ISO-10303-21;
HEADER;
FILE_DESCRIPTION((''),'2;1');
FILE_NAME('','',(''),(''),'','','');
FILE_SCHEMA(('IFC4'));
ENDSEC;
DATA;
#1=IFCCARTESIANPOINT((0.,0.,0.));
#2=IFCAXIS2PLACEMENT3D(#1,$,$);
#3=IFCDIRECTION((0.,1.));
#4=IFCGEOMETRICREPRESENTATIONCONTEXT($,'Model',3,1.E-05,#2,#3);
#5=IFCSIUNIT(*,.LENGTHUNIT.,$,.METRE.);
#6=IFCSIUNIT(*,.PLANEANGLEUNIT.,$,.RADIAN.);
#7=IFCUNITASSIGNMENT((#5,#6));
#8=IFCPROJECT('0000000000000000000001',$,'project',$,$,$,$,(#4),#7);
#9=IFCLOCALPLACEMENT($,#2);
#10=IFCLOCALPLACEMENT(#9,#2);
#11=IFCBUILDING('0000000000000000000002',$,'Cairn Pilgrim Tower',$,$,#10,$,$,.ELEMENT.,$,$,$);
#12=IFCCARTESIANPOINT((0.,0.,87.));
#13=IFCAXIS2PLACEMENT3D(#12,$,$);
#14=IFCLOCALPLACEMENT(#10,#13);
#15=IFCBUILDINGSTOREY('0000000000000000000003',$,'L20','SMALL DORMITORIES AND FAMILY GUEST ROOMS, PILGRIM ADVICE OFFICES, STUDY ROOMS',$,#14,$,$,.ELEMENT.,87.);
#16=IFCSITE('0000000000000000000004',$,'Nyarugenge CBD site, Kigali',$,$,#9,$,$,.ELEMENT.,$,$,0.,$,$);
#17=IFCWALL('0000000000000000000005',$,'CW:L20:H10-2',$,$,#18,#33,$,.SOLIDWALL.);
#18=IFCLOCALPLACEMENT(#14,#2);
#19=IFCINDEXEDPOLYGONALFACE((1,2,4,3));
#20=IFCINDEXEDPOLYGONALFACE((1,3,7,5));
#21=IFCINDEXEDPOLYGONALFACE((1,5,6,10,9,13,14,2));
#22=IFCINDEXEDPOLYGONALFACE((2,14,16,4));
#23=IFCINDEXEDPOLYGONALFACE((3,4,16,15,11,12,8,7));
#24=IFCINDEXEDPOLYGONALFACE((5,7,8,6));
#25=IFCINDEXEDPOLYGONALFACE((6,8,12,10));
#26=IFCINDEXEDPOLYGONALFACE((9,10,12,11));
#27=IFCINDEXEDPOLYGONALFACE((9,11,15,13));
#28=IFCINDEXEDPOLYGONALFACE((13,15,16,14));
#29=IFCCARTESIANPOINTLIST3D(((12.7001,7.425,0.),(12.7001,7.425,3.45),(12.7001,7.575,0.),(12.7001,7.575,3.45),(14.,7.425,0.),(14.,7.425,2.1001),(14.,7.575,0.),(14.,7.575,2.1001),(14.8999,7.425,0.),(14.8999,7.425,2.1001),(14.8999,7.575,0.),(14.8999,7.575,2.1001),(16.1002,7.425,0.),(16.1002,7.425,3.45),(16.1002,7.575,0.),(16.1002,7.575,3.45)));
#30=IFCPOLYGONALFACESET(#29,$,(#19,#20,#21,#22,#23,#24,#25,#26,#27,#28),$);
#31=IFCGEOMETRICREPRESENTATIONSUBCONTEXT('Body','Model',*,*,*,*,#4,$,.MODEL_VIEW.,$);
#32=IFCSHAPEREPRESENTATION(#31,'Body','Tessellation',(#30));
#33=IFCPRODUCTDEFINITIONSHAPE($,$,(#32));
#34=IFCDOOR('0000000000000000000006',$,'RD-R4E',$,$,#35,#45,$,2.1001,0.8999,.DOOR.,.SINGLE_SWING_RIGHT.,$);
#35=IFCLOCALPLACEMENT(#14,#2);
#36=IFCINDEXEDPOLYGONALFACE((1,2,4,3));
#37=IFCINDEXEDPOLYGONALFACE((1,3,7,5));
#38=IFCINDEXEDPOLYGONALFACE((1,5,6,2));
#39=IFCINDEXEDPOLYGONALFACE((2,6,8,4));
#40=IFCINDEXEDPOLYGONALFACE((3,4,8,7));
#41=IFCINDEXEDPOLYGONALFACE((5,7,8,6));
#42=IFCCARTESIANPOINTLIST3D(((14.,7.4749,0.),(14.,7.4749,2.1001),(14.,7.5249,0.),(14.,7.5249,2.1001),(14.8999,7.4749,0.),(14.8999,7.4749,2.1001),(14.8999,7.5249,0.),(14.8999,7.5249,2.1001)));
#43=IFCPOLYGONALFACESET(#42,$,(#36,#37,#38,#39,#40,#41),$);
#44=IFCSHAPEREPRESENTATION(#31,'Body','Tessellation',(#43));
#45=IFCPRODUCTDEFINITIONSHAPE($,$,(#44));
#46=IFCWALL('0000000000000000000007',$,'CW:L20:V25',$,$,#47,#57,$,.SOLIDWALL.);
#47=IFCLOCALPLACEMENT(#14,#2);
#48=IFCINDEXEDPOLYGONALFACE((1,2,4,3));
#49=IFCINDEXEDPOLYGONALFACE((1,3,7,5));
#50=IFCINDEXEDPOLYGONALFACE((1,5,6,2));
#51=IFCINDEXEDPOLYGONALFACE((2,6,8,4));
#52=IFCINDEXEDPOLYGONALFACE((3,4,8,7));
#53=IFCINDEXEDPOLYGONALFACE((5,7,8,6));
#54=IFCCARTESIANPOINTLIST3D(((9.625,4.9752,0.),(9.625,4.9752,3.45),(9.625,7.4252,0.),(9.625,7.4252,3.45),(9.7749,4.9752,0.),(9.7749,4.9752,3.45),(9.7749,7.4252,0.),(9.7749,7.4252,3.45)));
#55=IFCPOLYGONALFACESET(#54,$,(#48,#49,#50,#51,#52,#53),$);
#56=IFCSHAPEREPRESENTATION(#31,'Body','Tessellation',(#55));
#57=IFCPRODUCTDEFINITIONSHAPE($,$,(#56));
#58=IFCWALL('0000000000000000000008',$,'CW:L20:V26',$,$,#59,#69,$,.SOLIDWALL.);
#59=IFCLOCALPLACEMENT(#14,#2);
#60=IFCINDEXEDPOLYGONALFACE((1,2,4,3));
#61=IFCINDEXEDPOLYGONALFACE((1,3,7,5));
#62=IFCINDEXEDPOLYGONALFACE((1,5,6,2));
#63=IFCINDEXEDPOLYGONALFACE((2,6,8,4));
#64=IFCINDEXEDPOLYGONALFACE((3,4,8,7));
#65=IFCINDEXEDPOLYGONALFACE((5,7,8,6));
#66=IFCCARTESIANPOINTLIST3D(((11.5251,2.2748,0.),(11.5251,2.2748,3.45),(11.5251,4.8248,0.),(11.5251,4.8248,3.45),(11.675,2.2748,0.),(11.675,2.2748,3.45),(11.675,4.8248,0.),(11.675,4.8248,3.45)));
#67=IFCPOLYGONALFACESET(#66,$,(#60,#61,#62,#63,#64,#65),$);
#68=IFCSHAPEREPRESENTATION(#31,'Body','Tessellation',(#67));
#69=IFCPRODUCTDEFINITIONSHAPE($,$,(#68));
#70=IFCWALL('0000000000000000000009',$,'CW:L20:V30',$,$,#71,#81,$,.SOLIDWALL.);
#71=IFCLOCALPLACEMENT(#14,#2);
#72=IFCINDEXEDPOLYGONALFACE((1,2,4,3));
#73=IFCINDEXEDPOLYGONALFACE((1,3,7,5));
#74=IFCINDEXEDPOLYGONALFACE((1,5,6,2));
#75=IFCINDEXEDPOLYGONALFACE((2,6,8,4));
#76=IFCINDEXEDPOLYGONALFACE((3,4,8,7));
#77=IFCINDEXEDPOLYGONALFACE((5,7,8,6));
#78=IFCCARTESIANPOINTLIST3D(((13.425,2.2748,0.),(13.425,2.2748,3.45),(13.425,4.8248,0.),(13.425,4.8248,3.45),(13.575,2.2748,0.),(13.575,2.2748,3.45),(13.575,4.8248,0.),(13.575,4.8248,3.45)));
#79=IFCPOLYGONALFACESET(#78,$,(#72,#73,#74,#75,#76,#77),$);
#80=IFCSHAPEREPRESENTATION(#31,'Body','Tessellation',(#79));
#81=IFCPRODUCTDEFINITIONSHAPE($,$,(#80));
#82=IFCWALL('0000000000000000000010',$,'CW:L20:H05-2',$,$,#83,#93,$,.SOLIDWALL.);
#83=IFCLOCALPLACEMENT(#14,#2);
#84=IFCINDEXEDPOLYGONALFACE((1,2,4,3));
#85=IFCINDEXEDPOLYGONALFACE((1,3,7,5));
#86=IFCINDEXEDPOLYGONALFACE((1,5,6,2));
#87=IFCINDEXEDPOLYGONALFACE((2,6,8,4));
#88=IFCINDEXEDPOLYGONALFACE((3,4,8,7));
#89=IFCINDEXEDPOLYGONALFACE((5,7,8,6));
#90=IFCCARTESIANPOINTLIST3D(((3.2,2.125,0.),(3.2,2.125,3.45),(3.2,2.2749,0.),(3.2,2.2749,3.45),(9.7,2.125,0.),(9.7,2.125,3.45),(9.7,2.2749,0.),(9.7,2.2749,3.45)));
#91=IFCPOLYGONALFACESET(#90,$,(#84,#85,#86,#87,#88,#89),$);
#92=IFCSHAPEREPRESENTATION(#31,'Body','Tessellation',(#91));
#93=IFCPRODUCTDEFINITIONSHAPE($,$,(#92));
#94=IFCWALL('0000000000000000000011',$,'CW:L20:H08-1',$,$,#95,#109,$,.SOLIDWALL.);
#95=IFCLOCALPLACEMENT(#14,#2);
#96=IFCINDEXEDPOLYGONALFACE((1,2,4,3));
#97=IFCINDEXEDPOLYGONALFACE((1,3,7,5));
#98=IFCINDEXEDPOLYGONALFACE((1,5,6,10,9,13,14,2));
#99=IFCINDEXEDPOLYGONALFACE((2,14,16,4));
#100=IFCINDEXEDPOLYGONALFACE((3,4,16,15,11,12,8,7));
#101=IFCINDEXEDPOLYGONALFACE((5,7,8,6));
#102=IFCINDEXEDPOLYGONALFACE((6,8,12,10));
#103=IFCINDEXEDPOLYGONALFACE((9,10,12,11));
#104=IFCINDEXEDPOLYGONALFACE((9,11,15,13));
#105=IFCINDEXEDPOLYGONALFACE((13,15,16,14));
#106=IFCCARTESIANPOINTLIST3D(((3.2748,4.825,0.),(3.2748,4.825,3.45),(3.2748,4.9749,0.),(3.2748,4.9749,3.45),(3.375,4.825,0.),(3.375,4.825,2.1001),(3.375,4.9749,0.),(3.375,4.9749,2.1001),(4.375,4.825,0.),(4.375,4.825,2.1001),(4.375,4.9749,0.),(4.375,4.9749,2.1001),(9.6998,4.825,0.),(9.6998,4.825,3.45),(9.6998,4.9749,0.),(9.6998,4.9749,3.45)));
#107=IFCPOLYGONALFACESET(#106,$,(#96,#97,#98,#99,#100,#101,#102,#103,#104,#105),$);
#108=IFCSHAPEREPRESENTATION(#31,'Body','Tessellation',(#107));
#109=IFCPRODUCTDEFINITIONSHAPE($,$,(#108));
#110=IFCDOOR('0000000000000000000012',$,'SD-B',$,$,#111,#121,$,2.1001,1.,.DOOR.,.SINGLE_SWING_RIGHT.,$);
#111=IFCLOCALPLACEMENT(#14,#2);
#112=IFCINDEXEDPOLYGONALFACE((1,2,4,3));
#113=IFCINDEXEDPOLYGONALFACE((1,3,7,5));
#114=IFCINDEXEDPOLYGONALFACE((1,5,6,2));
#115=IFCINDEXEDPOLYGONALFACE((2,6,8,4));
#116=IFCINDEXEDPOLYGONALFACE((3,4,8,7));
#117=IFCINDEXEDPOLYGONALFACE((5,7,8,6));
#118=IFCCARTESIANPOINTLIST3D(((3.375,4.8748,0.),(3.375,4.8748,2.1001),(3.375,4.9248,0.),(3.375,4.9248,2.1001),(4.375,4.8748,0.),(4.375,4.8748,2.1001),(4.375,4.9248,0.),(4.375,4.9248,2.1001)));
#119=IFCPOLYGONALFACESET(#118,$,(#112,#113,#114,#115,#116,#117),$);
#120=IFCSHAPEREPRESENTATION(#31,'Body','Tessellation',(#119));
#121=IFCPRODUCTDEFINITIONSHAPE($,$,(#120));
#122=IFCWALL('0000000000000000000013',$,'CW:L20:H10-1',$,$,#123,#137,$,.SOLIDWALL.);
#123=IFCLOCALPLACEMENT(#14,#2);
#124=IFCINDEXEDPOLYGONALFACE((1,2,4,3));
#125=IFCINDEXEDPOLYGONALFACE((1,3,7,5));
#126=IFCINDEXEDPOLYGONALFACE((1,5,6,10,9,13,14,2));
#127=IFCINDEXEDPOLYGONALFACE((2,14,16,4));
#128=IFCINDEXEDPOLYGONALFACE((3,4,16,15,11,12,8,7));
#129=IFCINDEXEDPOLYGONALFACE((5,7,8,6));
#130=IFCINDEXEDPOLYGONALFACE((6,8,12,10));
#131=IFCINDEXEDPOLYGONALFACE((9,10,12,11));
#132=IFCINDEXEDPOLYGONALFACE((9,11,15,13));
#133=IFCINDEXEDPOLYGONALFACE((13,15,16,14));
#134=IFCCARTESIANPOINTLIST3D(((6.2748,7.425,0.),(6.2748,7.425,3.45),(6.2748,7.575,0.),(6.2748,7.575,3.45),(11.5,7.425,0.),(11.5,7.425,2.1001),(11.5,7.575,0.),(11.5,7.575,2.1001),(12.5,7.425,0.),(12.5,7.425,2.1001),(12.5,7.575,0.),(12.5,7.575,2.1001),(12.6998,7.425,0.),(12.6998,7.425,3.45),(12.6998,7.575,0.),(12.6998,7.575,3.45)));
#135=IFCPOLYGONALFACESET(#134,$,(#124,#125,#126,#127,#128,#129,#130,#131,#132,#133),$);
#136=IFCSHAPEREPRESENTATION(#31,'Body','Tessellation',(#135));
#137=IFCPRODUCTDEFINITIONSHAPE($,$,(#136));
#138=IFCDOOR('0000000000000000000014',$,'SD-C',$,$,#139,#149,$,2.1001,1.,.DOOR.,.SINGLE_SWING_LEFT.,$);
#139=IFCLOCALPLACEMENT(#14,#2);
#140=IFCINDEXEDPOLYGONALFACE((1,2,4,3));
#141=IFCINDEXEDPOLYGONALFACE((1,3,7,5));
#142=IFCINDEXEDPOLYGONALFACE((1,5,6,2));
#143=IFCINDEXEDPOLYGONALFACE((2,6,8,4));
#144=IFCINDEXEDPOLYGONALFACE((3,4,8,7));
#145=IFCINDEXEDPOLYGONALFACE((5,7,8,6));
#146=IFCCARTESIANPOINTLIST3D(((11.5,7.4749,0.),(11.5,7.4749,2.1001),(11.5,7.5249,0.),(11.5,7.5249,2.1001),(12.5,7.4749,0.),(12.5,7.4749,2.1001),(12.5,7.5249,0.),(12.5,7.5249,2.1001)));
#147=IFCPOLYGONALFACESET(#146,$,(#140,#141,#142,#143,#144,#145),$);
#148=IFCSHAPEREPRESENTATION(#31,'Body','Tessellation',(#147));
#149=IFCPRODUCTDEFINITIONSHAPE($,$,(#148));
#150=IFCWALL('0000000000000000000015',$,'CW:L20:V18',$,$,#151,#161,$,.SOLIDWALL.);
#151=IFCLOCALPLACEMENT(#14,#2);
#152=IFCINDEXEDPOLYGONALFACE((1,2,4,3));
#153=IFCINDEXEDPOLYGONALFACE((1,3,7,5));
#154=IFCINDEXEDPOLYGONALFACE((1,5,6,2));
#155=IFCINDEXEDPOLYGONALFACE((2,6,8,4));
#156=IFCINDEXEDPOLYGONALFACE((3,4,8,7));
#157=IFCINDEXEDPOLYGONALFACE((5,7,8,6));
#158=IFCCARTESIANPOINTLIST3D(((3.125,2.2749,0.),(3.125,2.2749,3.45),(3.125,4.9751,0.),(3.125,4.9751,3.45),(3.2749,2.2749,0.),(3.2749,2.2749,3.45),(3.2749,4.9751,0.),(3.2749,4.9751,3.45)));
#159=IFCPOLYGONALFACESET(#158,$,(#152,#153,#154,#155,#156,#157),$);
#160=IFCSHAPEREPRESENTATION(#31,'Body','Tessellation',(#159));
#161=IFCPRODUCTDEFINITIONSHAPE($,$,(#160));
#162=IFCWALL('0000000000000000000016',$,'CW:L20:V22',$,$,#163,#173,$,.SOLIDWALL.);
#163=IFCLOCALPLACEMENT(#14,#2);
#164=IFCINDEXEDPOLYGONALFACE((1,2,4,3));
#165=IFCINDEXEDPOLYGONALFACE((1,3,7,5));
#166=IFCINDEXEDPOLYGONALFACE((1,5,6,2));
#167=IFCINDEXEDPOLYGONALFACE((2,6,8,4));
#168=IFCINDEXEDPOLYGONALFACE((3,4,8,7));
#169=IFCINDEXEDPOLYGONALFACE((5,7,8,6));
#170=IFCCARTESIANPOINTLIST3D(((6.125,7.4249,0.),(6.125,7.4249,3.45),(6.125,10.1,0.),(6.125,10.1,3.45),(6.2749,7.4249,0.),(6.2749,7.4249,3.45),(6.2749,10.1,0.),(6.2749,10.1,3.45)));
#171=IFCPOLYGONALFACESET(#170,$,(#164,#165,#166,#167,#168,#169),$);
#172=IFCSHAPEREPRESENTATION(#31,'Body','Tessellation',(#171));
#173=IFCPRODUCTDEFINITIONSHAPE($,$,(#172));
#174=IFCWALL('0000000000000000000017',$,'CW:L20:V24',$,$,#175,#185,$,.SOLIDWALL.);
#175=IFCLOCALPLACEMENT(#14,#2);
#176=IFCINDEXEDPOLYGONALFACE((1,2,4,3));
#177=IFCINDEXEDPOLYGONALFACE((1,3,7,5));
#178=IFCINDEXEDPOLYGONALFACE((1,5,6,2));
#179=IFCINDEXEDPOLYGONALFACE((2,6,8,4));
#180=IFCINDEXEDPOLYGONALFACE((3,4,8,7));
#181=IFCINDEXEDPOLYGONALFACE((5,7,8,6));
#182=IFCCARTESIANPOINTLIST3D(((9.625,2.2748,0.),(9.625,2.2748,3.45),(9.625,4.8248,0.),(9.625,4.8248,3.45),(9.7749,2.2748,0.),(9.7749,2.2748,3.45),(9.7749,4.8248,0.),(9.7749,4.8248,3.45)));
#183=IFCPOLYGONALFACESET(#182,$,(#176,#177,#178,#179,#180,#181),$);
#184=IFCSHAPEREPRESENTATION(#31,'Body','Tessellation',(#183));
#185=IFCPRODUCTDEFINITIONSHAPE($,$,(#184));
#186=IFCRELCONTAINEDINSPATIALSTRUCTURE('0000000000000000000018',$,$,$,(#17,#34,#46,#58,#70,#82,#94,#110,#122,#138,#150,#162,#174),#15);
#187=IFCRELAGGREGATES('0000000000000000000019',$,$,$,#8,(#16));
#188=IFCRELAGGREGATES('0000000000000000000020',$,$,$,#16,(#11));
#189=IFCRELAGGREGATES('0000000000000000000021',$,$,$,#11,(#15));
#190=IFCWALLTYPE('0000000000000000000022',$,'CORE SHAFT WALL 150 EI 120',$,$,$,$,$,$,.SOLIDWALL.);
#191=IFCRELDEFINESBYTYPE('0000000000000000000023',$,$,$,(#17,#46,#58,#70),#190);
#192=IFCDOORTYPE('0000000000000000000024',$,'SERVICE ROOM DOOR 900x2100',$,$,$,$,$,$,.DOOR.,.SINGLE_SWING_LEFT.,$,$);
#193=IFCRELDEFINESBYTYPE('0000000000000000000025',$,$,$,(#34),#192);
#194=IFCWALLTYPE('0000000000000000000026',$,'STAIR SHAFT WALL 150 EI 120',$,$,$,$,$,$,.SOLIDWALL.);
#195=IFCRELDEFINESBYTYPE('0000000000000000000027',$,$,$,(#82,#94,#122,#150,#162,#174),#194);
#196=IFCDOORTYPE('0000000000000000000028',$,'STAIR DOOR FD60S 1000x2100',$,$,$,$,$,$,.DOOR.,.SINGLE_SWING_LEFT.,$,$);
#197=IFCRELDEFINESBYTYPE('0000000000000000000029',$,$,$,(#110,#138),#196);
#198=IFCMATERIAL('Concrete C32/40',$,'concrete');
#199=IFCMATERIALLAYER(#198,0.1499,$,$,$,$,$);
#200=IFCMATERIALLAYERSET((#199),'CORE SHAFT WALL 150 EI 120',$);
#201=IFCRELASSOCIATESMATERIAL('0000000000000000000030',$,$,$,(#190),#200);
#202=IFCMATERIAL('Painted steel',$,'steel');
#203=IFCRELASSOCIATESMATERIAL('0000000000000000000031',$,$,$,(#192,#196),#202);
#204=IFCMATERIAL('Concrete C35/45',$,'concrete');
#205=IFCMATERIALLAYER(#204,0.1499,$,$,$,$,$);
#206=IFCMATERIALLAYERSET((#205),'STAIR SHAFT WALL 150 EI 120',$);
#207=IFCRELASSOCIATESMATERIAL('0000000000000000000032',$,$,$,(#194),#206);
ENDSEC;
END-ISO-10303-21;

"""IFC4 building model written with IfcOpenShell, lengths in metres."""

from ifc_helpers import new_model, si_unit, direction, frame, frame_2d, origin, place, context, subcontext, project, spatial, rectangle, extrude, material, layer, layer_set, type_object, element, fill, save


model = new_model("IFC4")

# Units and contexts
model_context = context("Model", 3, precision=1e-05, world=origin(), true_north=direction((0.0, 1.0)))
body_context = subcontext(model_context, "Body", "Model", "MODEL_VIEW")
ifc_project = project(units=[si_unit("LENGTHUNIT", "METRE"), si_unit("PLANEANGLEUNIT", "RADIAN")], contexts=[model_context])

# Site, building, storey
site_placement = place(None, origin())
site = spatial("IfcSite", under=ifc_project, at=site_placement, Name="Nyarugenge CBD site, Kigali", CompositionType="ELEMENT", RefElevation=0.0)
building_placement = place(site_placement, origin())
building = spatial("IfcBuilding", under=site, at=building_placement, Name="Cairn Pilgrim Tower", CompositionType="ELEMENT")
storey_placement = place(building_placement, frame((0.0, 0.0, 87.0)))
storey = spatial("IfcBuildingStorey", under=building, at=storey_placement, Name="L20", Description="SMALL DORMITORIES AND FAMILY GUEST ROOMS, PILGRIM ADVICE OFFICES, STUDY ROOMS", CompositionType="ELEMENT", Elevation=87.0)

# Shared definitions
ifc_material_1 = material(Name="Concrete C32/40", Category="concrete")
ifc_layer_1 = layer(ifc_material_1, 0.1499)
ifc_layer_set_1 = layer_set([ifc_layer_1], Name="CORE SHAFT WALL 150 EI 120")
wall_type_1 = type_object("IfcWallType", Name="CORE SHAFT WALL 150 EI 120", PredefinedType="SOLIDWALL", material=ifc_layer_set_1)

# Shared definitions
ifc_material_2 = material(Name="Painted steel", Category="steel")
door_type_1 = type_object("IfcDoorType", Name="SERVICE ROOM DOOR 900x2100", OperationType="SINGLE_SWING_LEFT", PredefinedType="DOOR", material=ifc_material_2)

# Wall, opening, door
wall_1_placement = place(storey_placement, frame((12.7, 7.5, 0.0), z_axis=(0.0, 0.0, 1.0), x_axis=(1.0, 0.0, 0.0)))
wall_1 = element("IfcWall", 1, at=wall_1_placement, inside=storey, type_object=wall_type_1, Name="CW:L20:H10-2", PredefinedType="SOLIDWALL", context=body_context, shape_type="SweptSolid", body=[
    extrude(rectangle(XDim=3.4001, YDim=0.1499, at=frame_2d((1.7002, 0.0))), origin(), (0.0, 0.0, 1.0), 3.45),
])
opening_1_placement = place(wall_1_placement, frame((1.3, 0.0, 0.0)))
opening_1 = element("IfcOpeningElement", 2, at=opening_1_placement, cuts=wall_1, PredefinedType="OPENING", context=body_context, shape_type="SweptSolid", body=[
    extrude(rectangle(XDim=0.8999, YDim=2.1001, at=frame_2d((0.45, 1.05))), frame((0.0, 0.085, 0.0), z_axis=(0.0, -1.0, 0.0), x_axis=(1.0, 0.0, 0.0)), (0.0, 0.0, 1.0), 0.1699),
])
door_1_placement = place(opening_1_placement, origin())
door_1 = element("IfcDoor", 3, at=door_1_placement, inside=storey, type_object=door_type_1, Name="RD-R4E", OperationType="SINGLE_SWING_RIGHT", OverallHeight=2.1001, OverallWidth=0.8999, PredefinedType="DOOR", context=body_context, shape_type="SweptSolid", body=[
    extrude(rectangle(XDim=0.8999, YDim=2.1001, at=frame_2d((0.45, 1.05))), frame((0.0, 0.0249, 0.0), z_axis=(0.0, -1.0, 0.0), x_axis=(1.0, 0.0, 0.0)), (0.0, 0.0, 1.0), 0.05),
])
fill(opening_1, door_1)

# Walls
wall_2_placement = place(storey_placement, frame((9.7, 4.9751, 0.0), z_axis=(0.0, 0.0, 1.0), x_axis=(0.0, 1.0, 0.0)))
element("IfcWall", 4, at=wall_2_placement, inside=storey, type_object=wall_type_1, Name="CW:L20:V25", PredefinedType="SOLIDWALL", context=body_context, shape_type="SweptSolid", body=[
    extrude(rectangle(XDim=2.45, YDim=0.1499, at=frame_2d((1.2251, 0.0))), origin(), (0.0, 0.0, 1.0), 3.45),
])
for number, where, z_axis, x_axis, name in (
    (5, (11.6001, 2.2749, 0.0), (0.0, 0.0, 1.0), (0.0, 1.0, 0.0), "CW:L20:V26"),
    (6, (13.5, 2.2749, 0.0), (0.0, 0.0, 1.0), (0.0, 1.0, 0.0), "CW:L20:V30"),
):
    element("IfcWall", number, at=place(storey_placement, frame(where, z_axis=z_axis, x_axis=x_axis)), inside=storey, type_object=wall_type_1, Name=name, PredefinedType="SOLIDWALL", context=body_context, shape_type="SweptSolid", body=[
        extrude(rectangle(XDim=2.55, YDim=0.1499, at=frame_2d((1.2749, 0.0))), origin(), (0.0, 0.0, 1.0), 3.45),
    ])
ifc_material_3 = material(Name="Concrete C35/45", Category="concrete")
ifc_layer_2 = layer(ifc_material_3, 0.1499)
ifc_layer_set_2 = layer_set([ifc_layer_2], Name="STAIR SHAFT WALL 150 EI 120")
wall_type_2 = type_object("IfcWallType", Name="STAIR SHAFT WALL 150 EI 120", PredefinedType="SOLIDWALL", material=ifc_layer_set_2)
wall_3_placement = place(storey_placement, frame((3.2, 2.2, 0.0), z_axis=(0.0, 0.0, 1.0), x_axis=(1.0, 0.0, 0.0)))
element("IfcWall", 7, at=wall_3_placement, inside=storey, type_object=wall_type_2, Name="CW:L20:H05-2", PredefinedType="SOLIDWALL", context=body_context, shape_type="SweptSolid", body=[
    extrude(rectangle(XDim=6.5, YDim=0.1499, at=frame_2d((3.25, 0.0))), origin(), (0.0, 0.0, 1.0), 3.45),
])

# Walls, openings, doors
wall_4_placement = place(storey_placement, frame((3.2749, 4.8999, 0.0), z_axis=(0.0, 0.0, 1.0), x_axis=(1.0, 0.0, 0.0)))
wall_4 = element("IfcWall", 8, at=wall_4_placement, inside=storey, type_object=wall_type_2, Name="CW:L20:H08-1", PredefinedType="SOLIDWALL", context=body_context, shape_type="SweptSolid", body=[
    extrude(rectangle(XDim=6.425, YDim=0.1499, at=frame_2d((3.2124, 0.0))), origin(), (0.0, 0.0, 1.0), 3.45),
])
opening_2_placement = place(wall_4_placement, frame((0.1001, 0.0, 0.0)))
opening_2 = element("IfcOpeningElement", 9, at=opening_2_placement, cuts=wall_4, PredefinedType="OPENING", context=body_context, shape_type="SweptSolid", body=[
    extrude(rectangle(XDim=1.0, YDim=2.1001, at=frame_2d((0.5, 1.05))), frame((0.0, 0.085, 0.0), z_axis=(0.0, -1.0, 0.0), x_axis=(1.0, 0.0, 0.0)), (0.0, 0.0, 1.0), 0.1699),
])
door_type_2 = type_object("IfcDoorType", Name="STAIR DOOR FD60S 1000x2100", OperationType="SINGLE_SWING_LEFT", PredefinedType="DOOR", material=ifc_material_2)
door_2_placement = place(opening_2_placement, origin())
door_2 = element("IfcDoor", 10, at=door_2_placement, inside=storey, type_object=door_type_2, Name="SD-B", OperationType="SINGLE_SWING_RIGHT", OverallHeight=2.1001, OverallWidth=1.0, PredefinedType="DOOR", context=body_context, shape_type="SweptSolid", body=[
    extrude(rectangle(XDim=1.0, YDim=2.1001, at=frame_2d((0.5, 1.05))), frame((0.0, 0.0249, 0.0), z_axis=(0.0, -1.0, 0.0), x_axis=(1.0, 0.0, 0.0)), (0.0, 0.0, 1.0), 0.05),
])
fill(opening_2, door_2)
wall_5_placement = place(storey_placement, frame((6.2749, 7.5, 0.0), z_axis=(0.0, 0.0, 1.0), x_axis=(1.0, 0.0, 0.0)))
wall_5 = element("IfcWall", 11, at=wall_5_placement, inside=storey, type_object=wall_type_2, Name="CW:L20:H10-1", PredefinedType="SOLIDWALL", context=body_context, shape_type="SweptSolid", body=[
    extrude(rectangle(XDim=6.425, YDim=0.1499, at=frame_2d((3.2124, 0.0))), origin(), (0.0, 0.0, 1.0), 3.45),
])
opening_3_placement = place(wall_5_placement, frame((5.2251, 0.0, 0.0)))
opening_3 = element("IfcOpeningElement", 12, at=opening_3_placement, cuts=wall_5, PredefinedType="OPENING", context=body_context, shape_type="SweptSolid", body=[
    extrude(rectangle(XDim=1.0, YDim=2.1001, at=frame_2d((0.5, 1.05))), frame((0.0, 0.085, 0.0), z_axis=(0.0, -1.0, 0.0), x_axis=(1.0, 0.0, 0.0)), (0.0, 0.0, 1.0), 0.1699),
])
door_3_placement = place(opening_3_placement, origin())
door_3 = element("IfcDoor", 13, at=door_3_placement, inside=storey, type_object=door_type_2, Name="SD-C", OperationType="SINGLE_SWING_LEFT", OverallHeight=2.1001, OverallWidth=1.0, PredefinedType="DOOR", context=body_context, shape_type="SweptSolid", body=[
    extrude(rectangle(XDim=1.0, YDim=2.1001, at=frame_2d((0.5, 1.05))), frame((0.0, 0.0249, 0.0), z_axis=(0.0, -1.0, 0.0), x_axis=(1.0, 0.0, 0.0)), (0.0, 0.0, 1.0), 0.05),
])
fill(opening_3, door_3)

# Walls
wall_6_placement = place(storey_placement, frame((3.2, 2.2749, 0.0), z_axis=(0.0, 0.0, 1.0), x_axis=(0.0, 1.0, 0.0)))
element("IfcWall", 14, at=wall_6_placement, inside=storey, type_object=wall_type_2, Name="CW:L20:V18", PredefinedType="SOLIDWALL", context=body_context, shape_type="SweptSolid", body=[
    extrude(rectangle(XDim=2.7002, YDim=0.1499, at=frame_2d((1.3501, 0.0))), origin(), (0.0, 0.0, 1.0), 3.45),
])
wall_7_placement = place(storey_placement, frame((6.2, 7.425, 0.0), z_axis=(0.0, 0.0, 1.0), x_axis=(0.0, 1.0, 0.0)))
element("IfcWall", 15, at=wall_7_placement, inside=storey, type_object=wall_type_2, Name="CW:L20:V22", PredefinedType="SOLIDWALL", context=body_context, shape_type="SweptSolid", body=[
    extrude(rectangle(XDim=2.675, YDim=0.1499, at=frame_2d((1.3374, 0.0))), origin(), (0.0, 0.0, 1.0), 3.45),
])
wall_8_placement = place(storey_placement, frame((9.7, 2.2749, 0.0), z_axis=(0.0, 0.0, 1.0), x_axis=(0.0, 1.0, 0.0)))
element("IfcWall", 16, at=wall_8_placement, inside=storey, type_object=wall_type_2, Name="CW:L20:V24", PredefinedType="SOLIDWALL", context=body_context, shape_type="SweptSolid", body=[
    extrude(rectangle(XDim=2.55, YDim=0.1499, at=frame_2d((1.2749, 0.0))), origin(), (0.0, 0.0, 1.0), 3.45),
])

save(model, "model.ifc")
